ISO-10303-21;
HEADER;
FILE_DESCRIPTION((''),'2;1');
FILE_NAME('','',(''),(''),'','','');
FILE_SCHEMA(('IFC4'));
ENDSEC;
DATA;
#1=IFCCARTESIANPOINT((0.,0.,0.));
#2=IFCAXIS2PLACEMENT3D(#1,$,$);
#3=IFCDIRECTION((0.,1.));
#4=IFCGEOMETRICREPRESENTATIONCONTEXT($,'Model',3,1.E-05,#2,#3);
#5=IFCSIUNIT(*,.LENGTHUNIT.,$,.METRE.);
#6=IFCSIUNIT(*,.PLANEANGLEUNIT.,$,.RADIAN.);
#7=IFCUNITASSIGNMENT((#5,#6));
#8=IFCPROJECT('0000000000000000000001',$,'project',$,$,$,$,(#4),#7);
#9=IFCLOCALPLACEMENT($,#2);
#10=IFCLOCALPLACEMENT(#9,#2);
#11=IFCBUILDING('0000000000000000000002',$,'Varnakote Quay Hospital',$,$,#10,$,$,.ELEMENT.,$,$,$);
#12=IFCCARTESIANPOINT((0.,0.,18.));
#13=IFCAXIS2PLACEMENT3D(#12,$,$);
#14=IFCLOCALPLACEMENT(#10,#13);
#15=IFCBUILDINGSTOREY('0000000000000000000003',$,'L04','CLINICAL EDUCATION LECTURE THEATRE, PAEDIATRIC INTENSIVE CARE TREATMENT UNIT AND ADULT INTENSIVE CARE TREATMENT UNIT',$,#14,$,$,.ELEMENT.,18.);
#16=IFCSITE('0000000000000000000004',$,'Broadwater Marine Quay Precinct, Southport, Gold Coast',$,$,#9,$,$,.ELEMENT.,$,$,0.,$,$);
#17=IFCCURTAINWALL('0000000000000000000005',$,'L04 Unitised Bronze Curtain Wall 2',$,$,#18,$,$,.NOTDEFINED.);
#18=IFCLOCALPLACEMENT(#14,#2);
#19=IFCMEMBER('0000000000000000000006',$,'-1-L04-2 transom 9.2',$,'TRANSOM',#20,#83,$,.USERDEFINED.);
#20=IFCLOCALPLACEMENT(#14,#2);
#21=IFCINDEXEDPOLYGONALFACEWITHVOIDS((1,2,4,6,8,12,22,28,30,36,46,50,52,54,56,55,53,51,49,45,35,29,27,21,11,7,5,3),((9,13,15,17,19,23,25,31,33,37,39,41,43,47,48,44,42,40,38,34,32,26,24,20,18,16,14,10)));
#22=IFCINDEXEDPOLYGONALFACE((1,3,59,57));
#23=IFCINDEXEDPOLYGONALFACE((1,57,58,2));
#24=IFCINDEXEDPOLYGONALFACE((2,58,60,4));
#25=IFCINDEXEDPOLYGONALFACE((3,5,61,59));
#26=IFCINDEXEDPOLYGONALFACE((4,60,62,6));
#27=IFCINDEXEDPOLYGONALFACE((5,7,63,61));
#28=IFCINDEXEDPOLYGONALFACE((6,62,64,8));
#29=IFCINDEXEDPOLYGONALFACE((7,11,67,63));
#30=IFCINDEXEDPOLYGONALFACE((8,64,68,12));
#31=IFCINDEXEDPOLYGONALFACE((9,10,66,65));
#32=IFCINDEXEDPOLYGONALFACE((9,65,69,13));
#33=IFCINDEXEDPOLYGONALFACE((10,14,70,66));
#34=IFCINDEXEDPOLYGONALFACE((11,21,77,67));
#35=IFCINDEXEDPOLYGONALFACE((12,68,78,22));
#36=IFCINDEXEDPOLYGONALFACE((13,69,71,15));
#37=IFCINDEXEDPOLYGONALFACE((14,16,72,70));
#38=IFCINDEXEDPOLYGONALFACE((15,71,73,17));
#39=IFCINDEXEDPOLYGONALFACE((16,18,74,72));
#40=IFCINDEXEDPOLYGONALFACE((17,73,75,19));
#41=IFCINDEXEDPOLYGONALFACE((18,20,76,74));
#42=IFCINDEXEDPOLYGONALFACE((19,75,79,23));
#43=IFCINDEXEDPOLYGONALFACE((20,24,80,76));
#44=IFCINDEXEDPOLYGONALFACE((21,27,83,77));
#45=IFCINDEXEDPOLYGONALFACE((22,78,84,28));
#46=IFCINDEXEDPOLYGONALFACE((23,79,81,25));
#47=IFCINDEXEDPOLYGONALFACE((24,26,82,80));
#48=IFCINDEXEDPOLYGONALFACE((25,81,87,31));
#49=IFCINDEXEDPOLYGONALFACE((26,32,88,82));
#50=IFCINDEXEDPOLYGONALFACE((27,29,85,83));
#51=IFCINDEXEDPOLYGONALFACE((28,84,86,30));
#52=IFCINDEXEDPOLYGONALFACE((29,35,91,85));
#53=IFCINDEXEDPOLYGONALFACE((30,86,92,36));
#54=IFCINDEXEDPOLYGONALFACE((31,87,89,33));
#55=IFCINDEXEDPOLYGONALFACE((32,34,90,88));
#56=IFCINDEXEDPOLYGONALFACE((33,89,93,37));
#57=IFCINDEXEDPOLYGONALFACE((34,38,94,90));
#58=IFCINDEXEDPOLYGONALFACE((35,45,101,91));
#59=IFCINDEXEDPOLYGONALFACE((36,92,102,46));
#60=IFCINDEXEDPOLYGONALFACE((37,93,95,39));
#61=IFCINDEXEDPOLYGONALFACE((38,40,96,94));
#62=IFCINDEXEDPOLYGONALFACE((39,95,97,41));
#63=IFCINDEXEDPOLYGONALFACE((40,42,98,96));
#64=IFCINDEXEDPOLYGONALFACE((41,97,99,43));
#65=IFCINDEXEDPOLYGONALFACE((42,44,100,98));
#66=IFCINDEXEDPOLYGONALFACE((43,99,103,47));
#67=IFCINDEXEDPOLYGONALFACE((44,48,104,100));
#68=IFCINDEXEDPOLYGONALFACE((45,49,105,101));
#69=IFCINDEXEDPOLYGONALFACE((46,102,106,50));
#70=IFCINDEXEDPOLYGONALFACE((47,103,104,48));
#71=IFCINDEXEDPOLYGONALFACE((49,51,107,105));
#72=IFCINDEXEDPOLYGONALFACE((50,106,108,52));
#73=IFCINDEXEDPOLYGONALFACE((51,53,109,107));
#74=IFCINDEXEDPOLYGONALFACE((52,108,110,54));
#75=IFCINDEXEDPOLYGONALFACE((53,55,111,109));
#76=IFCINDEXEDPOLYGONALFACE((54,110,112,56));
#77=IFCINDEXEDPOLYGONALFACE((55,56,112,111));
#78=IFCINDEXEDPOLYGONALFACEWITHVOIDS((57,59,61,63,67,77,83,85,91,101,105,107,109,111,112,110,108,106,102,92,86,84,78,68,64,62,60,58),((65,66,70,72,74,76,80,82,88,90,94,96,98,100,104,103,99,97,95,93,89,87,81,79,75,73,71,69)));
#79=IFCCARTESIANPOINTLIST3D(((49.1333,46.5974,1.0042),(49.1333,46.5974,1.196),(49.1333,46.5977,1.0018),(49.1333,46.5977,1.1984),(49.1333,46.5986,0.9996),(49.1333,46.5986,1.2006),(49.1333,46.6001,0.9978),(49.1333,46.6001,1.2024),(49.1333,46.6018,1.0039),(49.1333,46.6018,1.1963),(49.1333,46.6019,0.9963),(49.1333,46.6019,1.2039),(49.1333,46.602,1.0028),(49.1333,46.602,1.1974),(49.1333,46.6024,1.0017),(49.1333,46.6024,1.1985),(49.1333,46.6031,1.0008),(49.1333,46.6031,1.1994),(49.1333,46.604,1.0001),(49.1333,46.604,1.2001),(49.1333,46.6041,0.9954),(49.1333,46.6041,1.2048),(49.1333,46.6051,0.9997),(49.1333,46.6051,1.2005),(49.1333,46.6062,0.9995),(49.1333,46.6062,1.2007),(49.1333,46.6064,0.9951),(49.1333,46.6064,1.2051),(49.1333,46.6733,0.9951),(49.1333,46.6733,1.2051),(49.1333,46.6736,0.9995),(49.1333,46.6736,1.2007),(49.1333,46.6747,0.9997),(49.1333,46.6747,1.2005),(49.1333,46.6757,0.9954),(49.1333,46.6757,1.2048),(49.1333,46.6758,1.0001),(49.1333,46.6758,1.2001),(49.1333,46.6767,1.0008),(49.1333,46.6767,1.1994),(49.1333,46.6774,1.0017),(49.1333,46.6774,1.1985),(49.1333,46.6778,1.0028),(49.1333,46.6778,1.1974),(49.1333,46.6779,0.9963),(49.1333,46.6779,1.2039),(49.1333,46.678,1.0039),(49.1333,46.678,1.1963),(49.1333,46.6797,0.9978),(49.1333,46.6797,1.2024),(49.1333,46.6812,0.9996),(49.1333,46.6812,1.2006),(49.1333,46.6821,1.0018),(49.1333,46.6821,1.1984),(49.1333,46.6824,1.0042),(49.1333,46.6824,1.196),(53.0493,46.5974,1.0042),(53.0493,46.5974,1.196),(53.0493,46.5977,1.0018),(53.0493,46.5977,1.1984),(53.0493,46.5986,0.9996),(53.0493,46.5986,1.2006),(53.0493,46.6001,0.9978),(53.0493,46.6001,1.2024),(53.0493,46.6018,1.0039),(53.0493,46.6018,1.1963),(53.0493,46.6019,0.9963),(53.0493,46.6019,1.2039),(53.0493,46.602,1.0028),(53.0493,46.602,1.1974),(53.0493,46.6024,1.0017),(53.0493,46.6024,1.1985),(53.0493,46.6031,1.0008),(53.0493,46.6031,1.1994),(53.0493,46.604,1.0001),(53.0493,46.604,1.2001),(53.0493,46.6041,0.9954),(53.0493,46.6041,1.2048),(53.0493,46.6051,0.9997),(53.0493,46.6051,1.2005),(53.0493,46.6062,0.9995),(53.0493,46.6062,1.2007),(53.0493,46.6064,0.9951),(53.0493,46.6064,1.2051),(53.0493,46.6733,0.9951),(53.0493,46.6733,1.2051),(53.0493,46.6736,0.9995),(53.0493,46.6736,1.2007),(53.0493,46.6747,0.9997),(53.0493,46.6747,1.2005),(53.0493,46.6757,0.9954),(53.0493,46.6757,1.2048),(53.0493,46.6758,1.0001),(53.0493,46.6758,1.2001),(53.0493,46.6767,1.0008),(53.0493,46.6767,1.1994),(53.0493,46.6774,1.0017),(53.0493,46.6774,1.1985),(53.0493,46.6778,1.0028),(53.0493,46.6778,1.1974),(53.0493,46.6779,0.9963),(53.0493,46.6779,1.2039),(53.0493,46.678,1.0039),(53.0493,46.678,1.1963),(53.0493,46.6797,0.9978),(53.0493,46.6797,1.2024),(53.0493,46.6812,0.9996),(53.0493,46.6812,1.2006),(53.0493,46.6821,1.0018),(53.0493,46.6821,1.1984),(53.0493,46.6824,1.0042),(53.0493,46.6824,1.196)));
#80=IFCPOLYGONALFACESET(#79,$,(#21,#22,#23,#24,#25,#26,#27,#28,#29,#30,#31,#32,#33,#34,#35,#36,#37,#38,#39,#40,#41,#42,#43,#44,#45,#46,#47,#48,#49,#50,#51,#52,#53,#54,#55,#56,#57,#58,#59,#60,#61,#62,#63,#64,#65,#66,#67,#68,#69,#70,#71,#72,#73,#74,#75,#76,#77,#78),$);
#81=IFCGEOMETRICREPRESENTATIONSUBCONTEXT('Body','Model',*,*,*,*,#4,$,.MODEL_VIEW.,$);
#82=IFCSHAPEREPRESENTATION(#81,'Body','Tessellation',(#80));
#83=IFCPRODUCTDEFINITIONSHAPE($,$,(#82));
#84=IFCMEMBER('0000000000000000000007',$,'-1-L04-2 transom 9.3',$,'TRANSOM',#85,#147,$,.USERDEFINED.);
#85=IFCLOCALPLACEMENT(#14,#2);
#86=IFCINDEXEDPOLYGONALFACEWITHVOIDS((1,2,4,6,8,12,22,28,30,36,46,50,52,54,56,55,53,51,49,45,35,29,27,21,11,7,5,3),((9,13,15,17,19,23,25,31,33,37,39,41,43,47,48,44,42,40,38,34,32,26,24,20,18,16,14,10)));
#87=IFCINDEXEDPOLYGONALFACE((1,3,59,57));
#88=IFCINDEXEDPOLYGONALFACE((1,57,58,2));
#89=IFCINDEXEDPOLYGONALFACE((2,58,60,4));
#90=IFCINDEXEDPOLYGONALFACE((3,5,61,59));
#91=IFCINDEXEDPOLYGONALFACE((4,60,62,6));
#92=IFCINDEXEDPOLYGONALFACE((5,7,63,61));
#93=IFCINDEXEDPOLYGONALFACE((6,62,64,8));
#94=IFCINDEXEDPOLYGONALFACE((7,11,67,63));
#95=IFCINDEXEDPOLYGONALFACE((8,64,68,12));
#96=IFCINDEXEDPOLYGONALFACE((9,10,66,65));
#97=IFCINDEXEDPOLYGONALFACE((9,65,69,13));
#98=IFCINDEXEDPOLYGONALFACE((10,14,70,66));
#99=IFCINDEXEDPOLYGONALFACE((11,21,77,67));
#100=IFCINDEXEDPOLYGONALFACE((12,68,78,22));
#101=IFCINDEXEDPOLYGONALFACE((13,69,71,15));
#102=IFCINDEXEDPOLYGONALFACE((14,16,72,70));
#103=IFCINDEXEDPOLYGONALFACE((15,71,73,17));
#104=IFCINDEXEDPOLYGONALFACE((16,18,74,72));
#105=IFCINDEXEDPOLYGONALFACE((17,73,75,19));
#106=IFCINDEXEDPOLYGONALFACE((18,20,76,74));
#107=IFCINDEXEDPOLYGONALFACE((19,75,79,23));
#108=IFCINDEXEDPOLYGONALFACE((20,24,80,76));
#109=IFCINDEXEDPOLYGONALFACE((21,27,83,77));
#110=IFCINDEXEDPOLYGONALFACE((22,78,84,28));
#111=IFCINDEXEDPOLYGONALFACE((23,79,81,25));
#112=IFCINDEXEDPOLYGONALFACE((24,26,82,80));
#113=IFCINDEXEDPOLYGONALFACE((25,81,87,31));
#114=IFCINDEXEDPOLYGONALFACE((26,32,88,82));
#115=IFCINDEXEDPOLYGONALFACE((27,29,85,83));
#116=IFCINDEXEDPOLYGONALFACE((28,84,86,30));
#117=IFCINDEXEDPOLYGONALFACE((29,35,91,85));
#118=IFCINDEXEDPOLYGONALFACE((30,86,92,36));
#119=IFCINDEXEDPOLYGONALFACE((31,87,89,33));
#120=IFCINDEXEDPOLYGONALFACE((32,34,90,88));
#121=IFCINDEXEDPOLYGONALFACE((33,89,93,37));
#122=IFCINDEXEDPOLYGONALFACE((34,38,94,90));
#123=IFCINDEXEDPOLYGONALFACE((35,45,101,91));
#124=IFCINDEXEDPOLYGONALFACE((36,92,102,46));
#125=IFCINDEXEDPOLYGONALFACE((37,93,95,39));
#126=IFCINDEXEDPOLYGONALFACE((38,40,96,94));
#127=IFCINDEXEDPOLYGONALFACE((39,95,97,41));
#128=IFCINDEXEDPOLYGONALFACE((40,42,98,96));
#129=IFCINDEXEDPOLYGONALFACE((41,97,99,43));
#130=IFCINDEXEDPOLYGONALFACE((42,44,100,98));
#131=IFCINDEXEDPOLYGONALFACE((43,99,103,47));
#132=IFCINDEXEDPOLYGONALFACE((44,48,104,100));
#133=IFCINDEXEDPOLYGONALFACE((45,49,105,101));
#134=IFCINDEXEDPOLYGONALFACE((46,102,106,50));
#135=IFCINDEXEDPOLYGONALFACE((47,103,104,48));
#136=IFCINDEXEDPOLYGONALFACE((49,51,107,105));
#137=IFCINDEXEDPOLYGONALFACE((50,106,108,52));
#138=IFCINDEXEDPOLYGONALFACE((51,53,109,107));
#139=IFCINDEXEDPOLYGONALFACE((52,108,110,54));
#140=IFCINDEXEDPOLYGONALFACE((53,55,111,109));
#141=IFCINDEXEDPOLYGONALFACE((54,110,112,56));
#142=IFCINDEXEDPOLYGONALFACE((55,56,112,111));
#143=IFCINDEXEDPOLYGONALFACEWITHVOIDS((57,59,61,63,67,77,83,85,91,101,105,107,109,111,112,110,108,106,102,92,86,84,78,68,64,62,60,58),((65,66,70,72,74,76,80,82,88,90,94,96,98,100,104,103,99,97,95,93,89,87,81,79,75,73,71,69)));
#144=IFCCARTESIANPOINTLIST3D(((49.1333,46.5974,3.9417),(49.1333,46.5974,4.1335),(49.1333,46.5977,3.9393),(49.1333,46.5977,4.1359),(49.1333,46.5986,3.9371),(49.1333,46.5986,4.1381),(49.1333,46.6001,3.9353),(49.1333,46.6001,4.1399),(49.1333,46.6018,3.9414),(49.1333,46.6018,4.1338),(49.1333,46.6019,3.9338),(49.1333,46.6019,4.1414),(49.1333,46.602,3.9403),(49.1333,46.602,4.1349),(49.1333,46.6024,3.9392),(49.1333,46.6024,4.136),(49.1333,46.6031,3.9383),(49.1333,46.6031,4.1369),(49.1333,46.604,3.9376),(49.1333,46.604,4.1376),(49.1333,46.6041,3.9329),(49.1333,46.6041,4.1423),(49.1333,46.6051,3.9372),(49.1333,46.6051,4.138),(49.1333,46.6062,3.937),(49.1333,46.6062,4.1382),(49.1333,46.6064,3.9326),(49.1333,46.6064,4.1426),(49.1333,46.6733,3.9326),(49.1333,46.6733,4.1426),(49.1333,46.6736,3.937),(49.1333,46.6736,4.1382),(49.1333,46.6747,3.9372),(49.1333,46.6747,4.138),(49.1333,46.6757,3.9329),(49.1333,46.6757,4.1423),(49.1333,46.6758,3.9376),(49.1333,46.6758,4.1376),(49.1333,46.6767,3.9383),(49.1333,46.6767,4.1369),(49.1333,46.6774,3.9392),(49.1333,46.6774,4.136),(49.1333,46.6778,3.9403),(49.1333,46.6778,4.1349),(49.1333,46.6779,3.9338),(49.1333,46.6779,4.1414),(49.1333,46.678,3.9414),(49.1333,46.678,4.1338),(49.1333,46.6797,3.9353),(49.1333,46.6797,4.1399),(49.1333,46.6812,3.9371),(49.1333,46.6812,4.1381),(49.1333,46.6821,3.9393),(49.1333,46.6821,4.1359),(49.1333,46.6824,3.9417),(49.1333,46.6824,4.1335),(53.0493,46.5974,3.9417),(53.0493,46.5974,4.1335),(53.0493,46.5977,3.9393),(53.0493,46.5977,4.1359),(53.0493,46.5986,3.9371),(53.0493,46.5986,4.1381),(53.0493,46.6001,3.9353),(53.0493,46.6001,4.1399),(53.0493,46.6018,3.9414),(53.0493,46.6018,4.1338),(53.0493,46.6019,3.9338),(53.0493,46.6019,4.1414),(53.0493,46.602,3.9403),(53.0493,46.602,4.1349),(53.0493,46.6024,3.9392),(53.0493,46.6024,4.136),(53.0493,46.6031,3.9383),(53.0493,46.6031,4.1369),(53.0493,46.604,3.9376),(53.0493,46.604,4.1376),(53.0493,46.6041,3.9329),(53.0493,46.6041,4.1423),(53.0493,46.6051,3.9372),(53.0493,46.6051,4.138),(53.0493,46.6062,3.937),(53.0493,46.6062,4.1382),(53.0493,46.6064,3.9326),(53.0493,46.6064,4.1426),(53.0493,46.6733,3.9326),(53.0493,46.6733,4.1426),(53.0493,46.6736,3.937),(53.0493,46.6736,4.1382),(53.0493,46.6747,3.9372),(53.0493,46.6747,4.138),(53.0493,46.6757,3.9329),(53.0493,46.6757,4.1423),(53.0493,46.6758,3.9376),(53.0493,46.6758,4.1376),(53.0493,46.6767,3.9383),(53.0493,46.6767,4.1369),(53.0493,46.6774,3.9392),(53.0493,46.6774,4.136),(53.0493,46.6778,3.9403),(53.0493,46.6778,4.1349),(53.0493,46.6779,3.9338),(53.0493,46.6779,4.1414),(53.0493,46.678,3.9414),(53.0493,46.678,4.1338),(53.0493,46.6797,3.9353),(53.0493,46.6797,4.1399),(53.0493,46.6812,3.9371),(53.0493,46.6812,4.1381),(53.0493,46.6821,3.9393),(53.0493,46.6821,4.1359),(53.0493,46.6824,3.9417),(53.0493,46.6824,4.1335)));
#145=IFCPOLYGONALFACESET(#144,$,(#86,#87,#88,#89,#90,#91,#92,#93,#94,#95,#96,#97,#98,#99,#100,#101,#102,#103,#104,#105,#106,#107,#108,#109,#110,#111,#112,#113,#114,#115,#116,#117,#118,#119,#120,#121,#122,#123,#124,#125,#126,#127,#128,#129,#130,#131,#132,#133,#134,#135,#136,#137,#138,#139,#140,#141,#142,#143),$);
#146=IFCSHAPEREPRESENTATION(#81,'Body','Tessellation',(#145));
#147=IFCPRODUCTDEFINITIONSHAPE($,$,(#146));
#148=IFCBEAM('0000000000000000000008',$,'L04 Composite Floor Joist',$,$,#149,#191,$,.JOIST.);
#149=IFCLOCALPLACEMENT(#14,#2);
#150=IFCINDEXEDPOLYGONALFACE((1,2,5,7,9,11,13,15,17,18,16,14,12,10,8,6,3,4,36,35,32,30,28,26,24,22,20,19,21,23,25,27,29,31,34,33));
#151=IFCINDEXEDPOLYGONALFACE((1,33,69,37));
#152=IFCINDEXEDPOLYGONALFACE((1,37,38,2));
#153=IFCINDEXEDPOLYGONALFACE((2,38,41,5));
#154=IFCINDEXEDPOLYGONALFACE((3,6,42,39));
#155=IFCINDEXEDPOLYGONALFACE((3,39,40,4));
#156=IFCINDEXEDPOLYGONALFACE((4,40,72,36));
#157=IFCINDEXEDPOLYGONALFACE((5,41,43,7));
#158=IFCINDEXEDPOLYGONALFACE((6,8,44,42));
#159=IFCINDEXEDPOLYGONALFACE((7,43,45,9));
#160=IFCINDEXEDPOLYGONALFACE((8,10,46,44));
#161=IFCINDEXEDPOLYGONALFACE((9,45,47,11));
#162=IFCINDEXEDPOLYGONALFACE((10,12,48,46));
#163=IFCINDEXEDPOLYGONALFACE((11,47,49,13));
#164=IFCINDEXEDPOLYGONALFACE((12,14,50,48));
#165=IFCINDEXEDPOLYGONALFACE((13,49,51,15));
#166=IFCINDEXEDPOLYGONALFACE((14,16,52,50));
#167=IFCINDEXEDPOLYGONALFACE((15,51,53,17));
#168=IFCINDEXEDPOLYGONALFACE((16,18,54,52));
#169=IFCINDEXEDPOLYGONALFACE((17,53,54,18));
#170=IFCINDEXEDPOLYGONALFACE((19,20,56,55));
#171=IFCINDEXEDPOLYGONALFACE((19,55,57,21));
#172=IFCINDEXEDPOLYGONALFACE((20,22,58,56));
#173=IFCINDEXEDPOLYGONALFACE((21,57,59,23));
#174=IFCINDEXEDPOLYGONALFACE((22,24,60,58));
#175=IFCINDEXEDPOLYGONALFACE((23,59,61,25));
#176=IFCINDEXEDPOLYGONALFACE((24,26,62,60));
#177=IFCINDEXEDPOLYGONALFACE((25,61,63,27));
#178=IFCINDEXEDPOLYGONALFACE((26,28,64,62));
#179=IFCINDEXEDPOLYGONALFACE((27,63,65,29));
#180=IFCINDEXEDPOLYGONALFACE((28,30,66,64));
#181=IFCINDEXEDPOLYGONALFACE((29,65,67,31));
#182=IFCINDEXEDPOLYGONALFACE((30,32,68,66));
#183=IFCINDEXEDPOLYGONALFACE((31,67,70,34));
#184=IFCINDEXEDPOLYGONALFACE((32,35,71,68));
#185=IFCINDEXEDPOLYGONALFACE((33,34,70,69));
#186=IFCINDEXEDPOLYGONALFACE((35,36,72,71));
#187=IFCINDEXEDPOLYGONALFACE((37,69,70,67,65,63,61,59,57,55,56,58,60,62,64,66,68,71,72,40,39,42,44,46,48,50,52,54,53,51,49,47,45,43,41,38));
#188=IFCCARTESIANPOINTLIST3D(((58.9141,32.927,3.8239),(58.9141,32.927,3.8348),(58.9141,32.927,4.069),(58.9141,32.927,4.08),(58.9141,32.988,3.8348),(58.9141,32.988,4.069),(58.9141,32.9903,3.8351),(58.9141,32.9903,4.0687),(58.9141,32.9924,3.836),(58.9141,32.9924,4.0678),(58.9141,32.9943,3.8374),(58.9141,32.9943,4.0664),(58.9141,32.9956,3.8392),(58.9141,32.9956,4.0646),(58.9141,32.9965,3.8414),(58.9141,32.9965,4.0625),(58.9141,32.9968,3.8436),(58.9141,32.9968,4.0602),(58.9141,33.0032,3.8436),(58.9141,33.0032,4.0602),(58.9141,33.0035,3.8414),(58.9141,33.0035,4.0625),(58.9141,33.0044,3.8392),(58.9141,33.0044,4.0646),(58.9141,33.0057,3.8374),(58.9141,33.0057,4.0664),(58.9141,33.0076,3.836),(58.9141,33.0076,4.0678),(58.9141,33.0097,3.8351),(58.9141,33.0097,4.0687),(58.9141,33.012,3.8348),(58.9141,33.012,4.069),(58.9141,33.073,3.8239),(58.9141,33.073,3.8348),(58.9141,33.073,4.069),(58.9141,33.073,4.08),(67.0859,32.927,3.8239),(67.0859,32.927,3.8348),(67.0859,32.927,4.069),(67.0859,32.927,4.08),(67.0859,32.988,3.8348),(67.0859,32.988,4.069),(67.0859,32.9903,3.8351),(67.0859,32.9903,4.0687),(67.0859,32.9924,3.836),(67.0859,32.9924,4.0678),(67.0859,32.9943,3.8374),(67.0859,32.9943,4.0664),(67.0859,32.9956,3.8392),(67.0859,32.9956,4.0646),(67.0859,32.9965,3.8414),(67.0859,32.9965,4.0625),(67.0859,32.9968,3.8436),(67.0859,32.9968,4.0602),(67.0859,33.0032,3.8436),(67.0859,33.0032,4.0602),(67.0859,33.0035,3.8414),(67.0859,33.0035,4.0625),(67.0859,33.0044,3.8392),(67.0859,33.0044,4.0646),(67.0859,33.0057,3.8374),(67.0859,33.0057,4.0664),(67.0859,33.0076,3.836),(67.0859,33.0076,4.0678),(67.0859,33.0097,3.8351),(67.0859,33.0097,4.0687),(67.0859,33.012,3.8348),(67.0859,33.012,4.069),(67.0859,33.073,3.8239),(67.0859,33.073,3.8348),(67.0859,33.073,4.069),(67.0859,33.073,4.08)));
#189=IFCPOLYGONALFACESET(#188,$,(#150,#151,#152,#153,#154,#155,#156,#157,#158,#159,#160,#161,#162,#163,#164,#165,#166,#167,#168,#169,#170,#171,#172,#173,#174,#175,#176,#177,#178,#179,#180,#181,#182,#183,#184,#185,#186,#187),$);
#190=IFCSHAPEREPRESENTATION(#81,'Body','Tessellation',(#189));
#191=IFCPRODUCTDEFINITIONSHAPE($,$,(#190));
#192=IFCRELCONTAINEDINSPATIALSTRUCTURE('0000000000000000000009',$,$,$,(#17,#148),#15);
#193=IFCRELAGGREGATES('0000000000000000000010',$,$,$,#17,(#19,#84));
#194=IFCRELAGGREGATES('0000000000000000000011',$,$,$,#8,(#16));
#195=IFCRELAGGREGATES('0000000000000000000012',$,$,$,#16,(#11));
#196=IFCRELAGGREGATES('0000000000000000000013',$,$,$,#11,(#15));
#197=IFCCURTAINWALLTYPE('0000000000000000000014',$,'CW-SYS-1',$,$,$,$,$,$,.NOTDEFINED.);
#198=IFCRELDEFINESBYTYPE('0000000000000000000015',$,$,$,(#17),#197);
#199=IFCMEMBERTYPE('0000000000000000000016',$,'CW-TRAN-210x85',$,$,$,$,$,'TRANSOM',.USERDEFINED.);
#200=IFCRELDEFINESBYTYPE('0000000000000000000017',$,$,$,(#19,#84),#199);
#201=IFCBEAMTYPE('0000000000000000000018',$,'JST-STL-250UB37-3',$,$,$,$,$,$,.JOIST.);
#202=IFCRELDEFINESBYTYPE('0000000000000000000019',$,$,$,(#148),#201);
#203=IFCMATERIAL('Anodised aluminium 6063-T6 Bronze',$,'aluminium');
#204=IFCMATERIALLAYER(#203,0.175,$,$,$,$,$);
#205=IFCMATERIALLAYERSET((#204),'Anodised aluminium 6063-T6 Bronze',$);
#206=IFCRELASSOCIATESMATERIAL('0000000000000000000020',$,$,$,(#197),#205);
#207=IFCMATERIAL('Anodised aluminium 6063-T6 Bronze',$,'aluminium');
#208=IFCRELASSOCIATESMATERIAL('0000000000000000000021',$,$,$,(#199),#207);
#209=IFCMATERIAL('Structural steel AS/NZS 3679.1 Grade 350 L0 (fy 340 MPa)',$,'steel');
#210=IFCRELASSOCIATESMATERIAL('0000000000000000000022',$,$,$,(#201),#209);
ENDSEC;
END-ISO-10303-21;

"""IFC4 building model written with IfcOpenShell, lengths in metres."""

from ifc_helpers import new_model, si_unit, direction, frame, origin, origin_2d, place, context, subcontext, project, spatial, hollow_rectangle, i_section, extrude, material, layer, layer_set, material_profile, profile_set, type_object, element, aggregate, save


model = new_model("IFC4")

# Units and contexts
model_context = context("Model", 3, precision=1e-05, world=origin(), true_north=direction((0.0, 1.0)))
body_context = subcontext(model_context, "Body", "Model", "MODEL_VIEW")
ifc_project = project(units=[si_unit("LENGTHUNIT", "METRE"), si_unit("PLANEANGLEUNIT", "RADIAN")], contexts=[model_context])

# Site, building, storey
site_placement = place(None, origin())
site = spatial("IfcSite", under=ifc_project, at=site_placement, Name="Broadwater Marine Quay Precinct, Southport, Gold Coast", CompositionType="ELEMENT", RefElevation=0.0)
building_placement = place(site_placement, origin())
building = spatial("IfcBuilding", under=site, at=building_placement, Name="Varnakote Quay Hospital", CompositionType="ELEMENT")
storey_placement = place(building_placement, frame((0.0, 0.0, 18.0)))
storey = spatial("IfcBuildingStorey", under=building, at=storey_placement, Name="L04", Description="CLINICAL EDUCATION LECTURE THEATRE, PAEDIATRIC INTENSIVE CARE TREATMENT UNIT AND ADULT INTENSIVE CARE TREATMENT UNIT", CompositionType="ELEMENT", Elevation=18.0)

# Curtain wall, members
ifc_material_1 = material(Name="Anodised aluminium 6063-T6 Bronze", Category="aluminium")
ifc_layer_1 = layer(ifc_material_1, 0.175)
ifc_layer_set_1 = layer_set([ifc_layer_1], Name="Anodised aluminium 6063-T6 Bronze")
curtain_wall_type = type_object("IfcCurtainWallType", Name="CW-SYS-1", PredefinedType="NOTDEFINED", material=ifc_layer_set_1)
curtain_wall_placement = place(storey_placement, origin())
curtain_wall = element("IfcCurtainWall", 1, at=curtain_wall_placement, inside=storey, type_object=curtain_wall_type, Name="L04 Unitised Bronze Curtain Wall 2", PredefinedType="NOTDEFINED")
ifc_material_2 = material(Name="Anodised aluminium 6063-T6 Bronze", Category="aluminium")
ifc_material_profile_1 = material_profile(ifc_material_2, hollow_rectangle(XDim=0.085, YDim=0.21, WallThickness=0.0044, InnerFilletRadius=0.0044, OuterFilletRadius=0.009, at=origin_2d()), Name="CW-TRAN-210x85")
ifc_profile_set_1 = profile_set([ifc_material_profile_1], Name="Anodised aluminium 6063-T6 Bronze")
member_type_1 = type_object("IfcMemberType", Name="CW-TRAN-210x85", ElementType="TRANSOM", PredefinedType="USERDEFINED", material=ifc_profile_set_1)
member_1_placement = place(storey_placement, frame((53.0493, 46.6399, 1.1001), z_axis=(-1.0, 0.0, 0.0), x_axis=(0.0, -1.0, 0.0)))
member_1 = element("IfcMember", 2, at=member_1_placement, type_object=member_type_1, Name="-1-L04-2 transom 9.2", ObjectType="TRANSOM", PredefinedType="USERDEFINED", context=body_context, shape_type="SweptSolid", body=[
    extrude(hollow_rectangle(XDim=0.085, YDim=0.21, WallThickness=0.0044, InnerFilletRadius=0.0044, OuterFilletRadius=0.009, at=origin_2d()), origin(), (0.0, 0.0, 1.0), 3.916),
])
member_2_placement = place(storey_placement, frame((53.0493, 46.6399, 4.0376), z_axis=(-1.0, 0.0, 0.0), x_axis=(0.0, -1.0, 0.0)))
member_2 = element("IfcMember", 3, at=member_2_placement, type_object=member_type_1, Name="-1-L04-2 transom 9.3", ObjectType="TRANSOM", PredefinedType="USERDEFINED", context=body_context, shape_type="SweptSolid", body=[
    extrude(hollow_rectangle(XDim=0.085, YDim=0.21, WallThickness=0.0044, InnerFilletRadius=0.0044, OuterFilletRadius=0.009, at=origin_2d()), origin(), (0.0, 0.0, 1.0), 3.916),
])

# Beam
ifc_material_3 = material(Name="Structural steel AS/NZS 3679.1 Grade 350 L0 (fy 340 MPa)", Category="steel")
ifc_material_profile_2 = material_profile(ifc_material_3, i_section(OverallWidth=0.146, OverallDepth=0.2561, WebThickness=0.0063, FlangeThickness=0.011, FilletRadius=0.0088, at=origin_2d()), Name="250UB37.3")
ifc_profile_set_2 = profile_set([ifc_material_profile_2], Name="Structural steel AS/NZS 3679.1 Grade 350 L0 (fy 340 MPa)")
beam_type_1 = type_object("IfcBeamType", Name="JST-STL-250UB37-3", PredefinedType="JOIST", material=ifc_profile_set_2)
for number, where, z_axis, x_axis, name in (
    (4, (58.9141, 33.0, 3.9519), (1.0, 0.0, 0.0), (0.0, 1.0, 0.0), "L04 Composite Floor Joist"),
):
    element("IfcBeam", number, at=place(storey_placement, frame(where, z_axis=z_axis, x_axis=x_axis)), inside=storey, type_object=beam_type_1, Name=name, PredefinedType="JOIST", context=body_context, shape_type="SweptSolid", body=[
        extrude(i_section(OverallWidth=0.146, OverallDepth=0.2561, WebThickness=0.0063, FlangeThickness=0.011, FilletRadius=0.0088, at=origin_2d()), origin(), (0.0, 0.0, 1.0), 8.1719),
    ])

aggregate(curtain_wall, [member_1, member_2])

save(model, "model.ifc")
